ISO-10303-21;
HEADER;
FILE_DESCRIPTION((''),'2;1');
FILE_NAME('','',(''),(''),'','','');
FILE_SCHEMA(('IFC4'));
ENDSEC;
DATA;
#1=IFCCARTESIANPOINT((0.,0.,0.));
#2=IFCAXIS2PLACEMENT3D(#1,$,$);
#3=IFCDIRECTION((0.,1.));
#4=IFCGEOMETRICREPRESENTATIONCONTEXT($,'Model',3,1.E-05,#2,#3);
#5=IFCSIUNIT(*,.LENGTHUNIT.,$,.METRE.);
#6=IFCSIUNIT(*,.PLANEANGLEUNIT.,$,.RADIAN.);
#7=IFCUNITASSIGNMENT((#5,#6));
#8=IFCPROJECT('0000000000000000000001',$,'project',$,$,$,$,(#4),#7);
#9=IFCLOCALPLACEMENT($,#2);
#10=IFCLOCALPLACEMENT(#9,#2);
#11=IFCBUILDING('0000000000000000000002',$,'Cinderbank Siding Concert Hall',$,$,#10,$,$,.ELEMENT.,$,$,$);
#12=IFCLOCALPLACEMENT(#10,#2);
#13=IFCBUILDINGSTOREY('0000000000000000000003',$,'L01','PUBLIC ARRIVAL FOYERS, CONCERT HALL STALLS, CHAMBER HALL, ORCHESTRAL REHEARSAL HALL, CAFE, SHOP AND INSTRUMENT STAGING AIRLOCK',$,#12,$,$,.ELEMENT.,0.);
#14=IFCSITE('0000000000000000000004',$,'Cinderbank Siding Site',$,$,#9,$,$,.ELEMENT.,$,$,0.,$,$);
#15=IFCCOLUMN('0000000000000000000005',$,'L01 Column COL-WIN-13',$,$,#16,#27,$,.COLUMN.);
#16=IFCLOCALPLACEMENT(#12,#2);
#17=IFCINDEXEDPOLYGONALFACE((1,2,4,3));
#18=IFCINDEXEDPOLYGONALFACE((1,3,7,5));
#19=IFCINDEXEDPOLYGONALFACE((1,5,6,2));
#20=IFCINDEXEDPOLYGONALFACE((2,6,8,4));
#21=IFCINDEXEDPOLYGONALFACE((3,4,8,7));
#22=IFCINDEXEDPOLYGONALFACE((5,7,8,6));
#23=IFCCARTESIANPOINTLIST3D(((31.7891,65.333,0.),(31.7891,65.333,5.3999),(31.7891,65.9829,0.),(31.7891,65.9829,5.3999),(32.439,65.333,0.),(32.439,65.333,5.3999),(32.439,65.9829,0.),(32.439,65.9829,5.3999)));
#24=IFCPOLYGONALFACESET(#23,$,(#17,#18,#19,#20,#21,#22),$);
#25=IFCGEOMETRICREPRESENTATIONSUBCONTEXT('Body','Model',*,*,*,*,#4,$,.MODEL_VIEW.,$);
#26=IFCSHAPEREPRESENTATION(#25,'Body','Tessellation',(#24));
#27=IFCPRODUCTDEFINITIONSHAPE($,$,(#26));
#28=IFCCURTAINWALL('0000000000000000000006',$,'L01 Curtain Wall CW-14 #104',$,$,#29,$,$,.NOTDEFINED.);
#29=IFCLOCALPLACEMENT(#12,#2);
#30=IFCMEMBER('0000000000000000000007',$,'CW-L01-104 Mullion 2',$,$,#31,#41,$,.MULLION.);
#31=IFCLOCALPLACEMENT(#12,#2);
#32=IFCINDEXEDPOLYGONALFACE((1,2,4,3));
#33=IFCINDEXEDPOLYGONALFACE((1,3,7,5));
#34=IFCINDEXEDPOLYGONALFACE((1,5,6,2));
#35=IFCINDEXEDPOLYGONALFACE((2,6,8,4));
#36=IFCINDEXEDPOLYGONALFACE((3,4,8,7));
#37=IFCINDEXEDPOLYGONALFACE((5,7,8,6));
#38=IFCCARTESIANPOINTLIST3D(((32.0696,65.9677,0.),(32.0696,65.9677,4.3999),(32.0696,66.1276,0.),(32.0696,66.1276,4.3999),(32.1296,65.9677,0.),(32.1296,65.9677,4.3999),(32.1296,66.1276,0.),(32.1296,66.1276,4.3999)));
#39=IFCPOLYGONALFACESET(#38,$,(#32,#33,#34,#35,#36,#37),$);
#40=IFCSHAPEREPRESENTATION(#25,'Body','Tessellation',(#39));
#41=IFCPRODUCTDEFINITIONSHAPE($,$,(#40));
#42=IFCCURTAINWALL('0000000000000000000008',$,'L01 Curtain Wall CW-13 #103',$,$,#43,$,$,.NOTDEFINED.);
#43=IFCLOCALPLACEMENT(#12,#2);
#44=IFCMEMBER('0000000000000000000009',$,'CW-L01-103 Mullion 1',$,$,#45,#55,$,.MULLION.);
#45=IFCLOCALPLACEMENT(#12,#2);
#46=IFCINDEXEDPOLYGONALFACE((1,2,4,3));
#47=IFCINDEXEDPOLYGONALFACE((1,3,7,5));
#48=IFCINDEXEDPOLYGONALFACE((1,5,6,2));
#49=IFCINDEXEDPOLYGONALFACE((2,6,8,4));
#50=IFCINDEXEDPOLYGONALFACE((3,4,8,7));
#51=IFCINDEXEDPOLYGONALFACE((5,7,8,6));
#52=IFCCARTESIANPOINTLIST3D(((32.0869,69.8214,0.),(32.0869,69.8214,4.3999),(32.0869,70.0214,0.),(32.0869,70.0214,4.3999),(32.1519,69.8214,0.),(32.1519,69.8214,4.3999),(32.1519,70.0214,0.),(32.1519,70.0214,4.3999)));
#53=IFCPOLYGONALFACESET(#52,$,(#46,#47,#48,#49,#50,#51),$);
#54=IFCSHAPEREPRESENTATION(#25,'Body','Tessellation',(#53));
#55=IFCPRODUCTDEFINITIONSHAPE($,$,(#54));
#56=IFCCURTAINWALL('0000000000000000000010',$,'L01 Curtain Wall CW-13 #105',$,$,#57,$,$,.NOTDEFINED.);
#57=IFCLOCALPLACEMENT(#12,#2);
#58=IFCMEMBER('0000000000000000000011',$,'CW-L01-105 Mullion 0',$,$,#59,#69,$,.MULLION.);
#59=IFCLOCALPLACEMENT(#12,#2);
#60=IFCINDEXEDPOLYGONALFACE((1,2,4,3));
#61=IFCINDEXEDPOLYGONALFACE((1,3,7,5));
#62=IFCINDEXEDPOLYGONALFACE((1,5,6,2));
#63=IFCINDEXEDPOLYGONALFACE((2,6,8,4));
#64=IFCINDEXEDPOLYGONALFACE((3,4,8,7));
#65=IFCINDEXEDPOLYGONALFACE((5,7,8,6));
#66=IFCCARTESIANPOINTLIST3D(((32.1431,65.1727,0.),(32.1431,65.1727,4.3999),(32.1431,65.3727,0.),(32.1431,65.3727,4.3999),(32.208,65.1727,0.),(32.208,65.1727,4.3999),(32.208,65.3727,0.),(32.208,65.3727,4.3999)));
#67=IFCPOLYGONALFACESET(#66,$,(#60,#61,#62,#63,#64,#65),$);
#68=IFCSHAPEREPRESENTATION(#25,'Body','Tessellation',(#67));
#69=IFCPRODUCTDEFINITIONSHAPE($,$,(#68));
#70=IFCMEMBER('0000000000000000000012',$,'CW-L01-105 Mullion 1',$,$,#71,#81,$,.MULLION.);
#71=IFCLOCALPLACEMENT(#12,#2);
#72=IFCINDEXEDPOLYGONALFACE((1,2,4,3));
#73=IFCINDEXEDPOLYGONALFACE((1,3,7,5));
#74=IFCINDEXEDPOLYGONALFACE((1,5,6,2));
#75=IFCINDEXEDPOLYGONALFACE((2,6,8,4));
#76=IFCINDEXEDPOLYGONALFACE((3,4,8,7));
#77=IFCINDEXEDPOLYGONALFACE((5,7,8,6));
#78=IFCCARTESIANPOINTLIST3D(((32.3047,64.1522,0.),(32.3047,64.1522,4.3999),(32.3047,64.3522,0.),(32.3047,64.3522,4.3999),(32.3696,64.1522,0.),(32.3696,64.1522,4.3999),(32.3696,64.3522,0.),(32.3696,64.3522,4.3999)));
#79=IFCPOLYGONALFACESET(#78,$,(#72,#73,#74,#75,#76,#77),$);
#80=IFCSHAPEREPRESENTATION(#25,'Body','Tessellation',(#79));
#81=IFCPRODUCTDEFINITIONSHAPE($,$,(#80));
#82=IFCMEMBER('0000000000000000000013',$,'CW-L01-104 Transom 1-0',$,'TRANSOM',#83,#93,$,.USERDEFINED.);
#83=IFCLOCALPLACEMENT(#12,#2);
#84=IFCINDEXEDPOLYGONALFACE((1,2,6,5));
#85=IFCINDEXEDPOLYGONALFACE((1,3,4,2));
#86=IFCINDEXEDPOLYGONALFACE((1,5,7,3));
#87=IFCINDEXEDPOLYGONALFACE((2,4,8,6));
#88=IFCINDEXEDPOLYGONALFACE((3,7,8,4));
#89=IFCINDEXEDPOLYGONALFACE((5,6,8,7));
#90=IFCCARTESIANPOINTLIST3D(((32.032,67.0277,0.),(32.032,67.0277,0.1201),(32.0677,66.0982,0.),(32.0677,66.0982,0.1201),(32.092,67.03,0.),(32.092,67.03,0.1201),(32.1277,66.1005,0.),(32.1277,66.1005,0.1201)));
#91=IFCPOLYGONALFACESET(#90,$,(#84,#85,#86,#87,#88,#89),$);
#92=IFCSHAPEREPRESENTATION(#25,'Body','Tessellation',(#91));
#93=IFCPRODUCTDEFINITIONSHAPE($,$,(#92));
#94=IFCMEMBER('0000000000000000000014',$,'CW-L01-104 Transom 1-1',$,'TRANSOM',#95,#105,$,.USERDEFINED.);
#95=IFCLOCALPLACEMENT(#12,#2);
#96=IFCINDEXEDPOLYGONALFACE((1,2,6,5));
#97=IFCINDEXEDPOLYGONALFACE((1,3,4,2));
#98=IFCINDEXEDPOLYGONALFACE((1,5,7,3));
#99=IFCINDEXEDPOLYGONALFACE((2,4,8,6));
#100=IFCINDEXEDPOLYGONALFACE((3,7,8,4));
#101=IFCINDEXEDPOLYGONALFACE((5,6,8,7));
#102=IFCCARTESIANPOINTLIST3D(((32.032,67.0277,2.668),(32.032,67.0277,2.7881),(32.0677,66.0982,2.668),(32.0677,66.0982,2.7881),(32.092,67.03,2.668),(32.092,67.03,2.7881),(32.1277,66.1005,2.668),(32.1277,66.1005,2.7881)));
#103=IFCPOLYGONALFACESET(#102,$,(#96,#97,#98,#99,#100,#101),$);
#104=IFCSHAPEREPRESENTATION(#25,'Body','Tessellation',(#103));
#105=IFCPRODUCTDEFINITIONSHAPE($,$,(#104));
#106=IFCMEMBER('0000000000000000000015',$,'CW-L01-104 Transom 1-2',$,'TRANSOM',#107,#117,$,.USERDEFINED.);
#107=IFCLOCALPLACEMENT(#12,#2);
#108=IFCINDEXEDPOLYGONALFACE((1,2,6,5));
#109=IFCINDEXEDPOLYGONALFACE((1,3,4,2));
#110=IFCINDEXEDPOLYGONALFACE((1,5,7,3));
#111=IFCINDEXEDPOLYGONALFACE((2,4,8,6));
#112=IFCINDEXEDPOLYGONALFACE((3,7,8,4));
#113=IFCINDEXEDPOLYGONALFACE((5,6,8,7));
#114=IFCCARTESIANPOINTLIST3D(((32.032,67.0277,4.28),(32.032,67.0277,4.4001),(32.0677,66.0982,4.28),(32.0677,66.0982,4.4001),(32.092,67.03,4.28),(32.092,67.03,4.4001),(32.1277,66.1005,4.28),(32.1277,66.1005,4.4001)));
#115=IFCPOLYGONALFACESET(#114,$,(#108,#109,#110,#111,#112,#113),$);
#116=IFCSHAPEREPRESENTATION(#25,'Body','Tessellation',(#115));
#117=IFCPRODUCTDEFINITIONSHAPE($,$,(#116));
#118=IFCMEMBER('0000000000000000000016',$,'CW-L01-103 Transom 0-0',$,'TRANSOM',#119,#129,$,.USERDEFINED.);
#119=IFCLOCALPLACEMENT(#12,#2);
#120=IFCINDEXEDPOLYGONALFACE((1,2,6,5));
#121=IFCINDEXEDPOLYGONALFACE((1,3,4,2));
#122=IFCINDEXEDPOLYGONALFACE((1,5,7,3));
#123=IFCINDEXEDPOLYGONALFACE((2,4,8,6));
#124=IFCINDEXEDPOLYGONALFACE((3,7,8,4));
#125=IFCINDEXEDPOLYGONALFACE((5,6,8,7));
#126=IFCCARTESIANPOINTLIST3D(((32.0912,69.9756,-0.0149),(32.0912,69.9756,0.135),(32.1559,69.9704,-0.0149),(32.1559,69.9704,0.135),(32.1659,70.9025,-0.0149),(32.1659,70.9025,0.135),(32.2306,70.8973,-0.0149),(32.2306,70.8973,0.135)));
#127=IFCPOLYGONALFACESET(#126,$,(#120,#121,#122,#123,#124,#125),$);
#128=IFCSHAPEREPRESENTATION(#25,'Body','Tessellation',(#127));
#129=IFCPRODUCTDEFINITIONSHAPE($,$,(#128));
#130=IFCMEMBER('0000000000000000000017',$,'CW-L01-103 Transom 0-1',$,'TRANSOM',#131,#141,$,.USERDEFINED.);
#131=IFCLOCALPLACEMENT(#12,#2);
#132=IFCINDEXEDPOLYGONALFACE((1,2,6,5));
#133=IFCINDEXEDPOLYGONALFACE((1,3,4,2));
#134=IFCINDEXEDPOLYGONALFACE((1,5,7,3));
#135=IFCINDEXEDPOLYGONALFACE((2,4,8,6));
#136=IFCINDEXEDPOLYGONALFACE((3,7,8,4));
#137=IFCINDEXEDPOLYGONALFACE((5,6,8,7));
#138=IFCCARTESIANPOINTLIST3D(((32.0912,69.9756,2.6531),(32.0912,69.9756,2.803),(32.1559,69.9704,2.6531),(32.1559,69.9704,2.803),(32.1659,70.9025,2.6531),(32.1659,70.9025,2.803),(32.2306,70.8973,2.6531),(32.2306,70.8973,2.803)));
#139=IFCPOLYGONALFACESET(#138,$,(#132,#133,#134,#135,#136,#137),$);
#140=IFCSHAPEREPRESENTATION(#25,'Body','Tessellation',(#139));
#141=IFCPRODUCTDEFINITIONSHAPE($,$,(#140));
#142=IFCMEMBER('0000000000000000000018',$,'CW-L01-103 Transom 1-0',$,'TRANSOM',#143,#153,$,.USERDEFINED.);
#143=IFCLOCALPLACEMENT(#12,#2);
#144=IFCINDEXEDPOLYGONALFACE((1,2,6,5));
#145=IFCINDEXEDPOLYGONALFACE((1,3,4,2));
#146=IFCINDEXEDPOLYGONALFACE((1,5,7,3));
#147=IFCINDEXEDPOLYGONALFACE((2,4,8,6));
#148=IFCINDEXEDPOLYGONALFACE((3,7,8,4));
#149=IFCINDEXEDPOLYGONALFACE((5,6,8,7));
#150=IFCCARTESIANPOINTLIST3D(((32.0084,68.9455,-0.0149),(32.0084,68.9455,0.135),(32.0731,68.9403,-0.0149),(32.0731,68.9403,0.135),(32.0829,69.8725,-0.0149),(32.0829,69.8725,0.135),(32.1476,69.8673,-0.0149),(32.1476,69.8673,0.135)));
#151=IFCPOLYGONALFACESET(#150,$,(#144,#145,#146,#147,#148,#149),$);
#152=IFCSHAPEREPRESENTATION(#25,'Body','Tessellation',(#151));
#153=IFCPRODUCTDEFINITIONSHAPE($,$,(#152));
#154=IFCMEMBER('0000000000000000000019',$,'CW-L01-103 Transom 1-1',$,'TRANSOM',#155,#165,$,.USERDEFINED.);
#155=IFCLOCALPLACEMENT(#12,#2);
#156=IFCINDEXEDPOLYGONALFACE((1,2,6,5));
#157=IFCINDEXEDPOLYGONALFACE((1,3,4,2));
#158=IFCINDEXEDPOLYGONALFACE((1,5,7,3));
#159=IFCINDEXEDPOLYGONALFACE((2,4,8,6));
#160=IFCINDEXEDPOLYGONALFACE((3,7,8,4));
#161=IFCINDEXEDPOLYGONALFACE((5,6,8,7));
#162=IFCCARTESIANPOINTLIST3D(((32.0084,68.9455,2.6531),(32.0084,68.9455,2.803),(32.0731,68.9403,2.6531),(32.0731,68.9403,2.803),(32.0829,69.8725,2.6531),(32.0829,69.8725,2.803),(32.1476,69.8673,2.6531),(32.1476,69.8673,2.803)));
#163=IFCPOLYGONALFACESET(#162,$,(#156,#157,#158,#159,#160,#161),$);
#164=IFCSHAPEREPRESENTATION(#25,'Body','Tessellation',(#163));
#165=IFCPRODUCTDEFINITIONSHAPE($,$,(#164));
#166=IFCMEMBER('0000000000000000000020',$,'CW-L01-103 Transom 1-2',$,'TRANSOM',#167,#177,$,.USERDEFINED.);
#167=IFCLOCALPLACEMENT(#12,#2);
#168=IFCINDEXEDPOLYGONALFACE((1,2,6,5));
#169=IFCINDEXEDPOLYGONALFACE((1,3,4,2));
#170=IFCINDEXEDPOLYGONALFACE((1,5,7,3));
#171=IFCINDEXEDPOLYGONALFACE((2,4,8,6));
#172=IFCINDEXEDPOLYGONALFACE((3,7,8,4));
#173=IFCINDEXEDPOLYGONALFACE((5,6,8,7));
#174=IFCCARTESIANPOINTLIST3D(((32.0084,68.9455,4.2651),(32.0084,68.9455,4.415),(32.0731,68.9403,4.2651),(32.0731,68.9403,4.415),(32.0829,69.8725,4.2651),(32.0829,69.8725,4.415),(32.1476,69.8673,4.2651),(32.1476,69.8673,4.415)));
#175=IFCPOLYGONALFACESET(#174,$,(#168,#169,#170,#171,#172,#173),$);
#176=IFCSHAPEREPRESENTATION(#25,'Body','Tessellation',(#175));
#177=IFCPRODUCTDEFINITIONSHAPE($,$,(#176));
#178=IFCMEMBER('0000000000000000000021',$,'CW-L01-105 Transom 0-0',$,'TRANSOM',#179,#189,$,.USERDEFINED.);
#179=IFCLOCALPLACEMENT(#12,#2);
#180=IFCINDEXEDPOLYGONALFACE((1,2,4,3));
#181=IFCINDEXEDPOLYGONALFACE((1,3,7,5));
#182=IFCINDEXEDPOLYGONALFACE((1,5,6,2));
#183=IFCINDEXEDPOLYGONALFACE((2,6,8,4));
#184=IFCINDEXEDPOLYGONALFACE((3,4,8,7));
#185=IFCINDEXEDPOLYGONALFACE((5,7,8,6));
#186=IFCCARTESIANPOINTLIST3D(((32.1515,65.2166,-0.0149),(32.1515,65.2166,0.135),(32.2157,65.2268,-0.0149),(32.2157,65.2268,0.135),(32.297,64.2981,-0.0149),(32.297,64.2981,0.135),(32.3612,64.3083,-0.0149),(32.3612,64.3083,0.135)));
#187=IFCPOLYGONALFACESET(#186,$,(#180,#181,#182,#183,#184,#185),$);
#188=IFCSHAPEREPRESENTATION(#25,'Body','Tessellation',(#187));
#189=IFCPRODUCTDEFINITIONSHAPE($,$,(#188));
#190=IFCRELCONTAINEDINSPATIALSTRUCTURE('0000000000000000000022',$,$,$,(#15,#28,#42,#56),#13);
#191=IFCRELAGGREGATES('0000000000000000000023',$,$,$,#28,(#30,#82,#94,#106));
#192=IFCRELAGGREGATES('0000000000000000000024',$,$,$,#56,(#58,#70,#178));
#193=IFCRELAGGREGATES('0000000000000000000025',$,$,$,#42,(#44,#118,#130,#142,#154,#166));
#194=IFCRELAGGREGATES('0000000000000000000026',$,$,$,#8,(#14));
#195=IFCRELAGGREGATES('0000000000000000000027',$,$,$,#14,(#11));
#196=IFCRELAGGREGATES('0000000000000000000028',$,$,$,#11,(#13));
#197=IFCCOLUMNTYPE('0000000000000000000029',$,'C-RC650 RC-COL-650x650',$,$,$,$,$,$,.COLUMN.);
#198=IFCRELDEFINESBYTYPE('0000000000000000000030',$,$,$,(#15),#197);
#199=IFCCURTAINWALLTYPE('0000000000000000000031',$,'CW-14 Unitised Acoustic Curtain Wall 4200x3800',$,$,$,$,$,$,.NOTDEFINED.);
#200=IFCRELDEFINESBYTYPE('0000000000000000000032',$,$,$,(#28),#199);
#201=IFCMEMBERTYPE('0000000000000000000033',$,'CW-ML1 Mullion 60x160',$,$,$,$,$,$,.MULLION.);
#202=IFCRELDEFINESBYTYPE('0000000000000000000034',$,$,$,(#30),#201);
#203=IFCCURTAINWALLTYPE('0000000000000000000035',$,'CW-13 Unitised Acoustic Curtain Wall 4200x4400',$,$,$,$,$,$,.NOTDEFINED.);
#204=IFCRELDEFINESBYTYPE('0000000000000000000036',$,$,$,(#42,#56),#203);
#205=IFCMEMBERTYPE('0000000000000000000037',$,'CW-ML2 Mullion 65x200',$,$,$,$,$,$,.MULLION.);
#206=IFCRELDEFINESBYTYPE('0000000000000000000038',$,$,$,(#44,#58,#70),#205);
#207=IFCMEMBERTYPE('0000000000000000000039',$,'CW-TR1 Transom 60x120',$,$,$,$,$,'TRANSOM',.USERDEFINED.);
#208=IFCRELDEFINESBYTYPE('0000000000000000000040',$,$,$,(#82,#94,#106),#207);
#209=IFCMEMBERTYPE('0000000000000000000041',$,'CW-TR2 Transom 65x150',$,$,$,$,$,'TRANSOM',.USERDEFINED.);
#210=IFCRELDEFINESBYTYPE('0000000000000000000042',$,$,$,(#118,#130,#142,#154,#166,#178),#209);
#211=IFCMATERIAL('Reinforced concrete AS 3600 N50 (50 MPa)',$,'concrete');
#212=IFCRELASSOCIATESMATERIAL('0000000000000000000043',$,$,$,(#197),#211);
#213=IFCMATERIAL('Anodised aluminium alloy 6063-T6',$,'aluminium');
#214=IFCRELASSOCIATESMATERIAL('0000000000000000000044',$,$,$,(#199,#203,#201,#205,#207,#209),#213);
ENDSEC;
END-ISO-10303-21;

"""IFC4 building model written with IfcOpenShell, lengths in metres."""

from ifc_helpers import new_model, si_unit, direction, frame, origin, origin_2d, place, context, subcontext, project, spatial, rectangle, extrude, material, material_profile, profile_set, type_object, element, aggregate, save


model = new_model("IFC4")

# Units and contexts
model_context = context("Model", 3, precision=1e-05, world=origin(), true_north=direction((0.0, 1.0)))
body_context = subcontext(model_context, "Body", "Model", "MODEL_VIEW")
ifc_project = project(units=[si_unit("LENGTHUNIT", "METRE"), si_unit("PLANEANGLEUNIT", "RADIAN")], contexts=[model_context])

# Site, building, storey
site_placement = place(None, origin())
site = spatial("IfcSite", under=ifc_project, at=site_placement, Name="Cinderbank Siding Site", CompositionType="ELEMENT", RefElevation=0.0)
building_placement = place(site_placement, origin())
building = spatial("IfcBuilding", under=site, at=building_placement, Name="Cinderbank Siding Concert Hall", CompositionType="ELEMENT")
storey_placement = place(building_placement, origin())
storey = spatial("IfcBuildingStorey", under=building, at=storey_placement, Name="L01", Description="PUBLIC ARRIVAL FOYERS, CONCERT HALL STALLS, CHAMBER HALL, ORCHESTRAL REHEARSAL HALL, CAFE, SHOP AND INSTRUMENT STAGING AIRLOCK", CompositionType="ELEMENT", Elevation=0.0)

# Column
ifc_material_1 = material(Name="Reinforced concrete AS 3600 N50 (50 MPa)", Category="concrete")
ifc_material_profile_1 = material_profile(ifc_material_1, rectangle(XDim=0.6499, YDim=0.6499, at=origin_2d()), Name="RC-COL-650x650", Category="LoadBearing")
ifc_profile_set_1 = profile_set([ifc_material_profile_1], Name="Reinforced concrete AS 3600 N50 (50 MPa)")
column_type = type_object("IfcColumnType", Name="C-RC650 RC-COL-650x650", PredefinedType="COLUMN", material=ifc_profile_set_1)
column_placement = place(storey_placement, frame((32.114, 65.658, 0.0), z_axis=(0.0, 0.0, 1.0), x_axis=(1.0, 0.0, 0.0)))
element("IfcColumn", 1, at=column_placement, inside=storey, type_object=column_type, Name="L01 Column COL-WIN-13", PredefinedType="COLUMN", context=body_context, shape_type="SweptSolid", body=[
    extrude(rectangle(XDim=0.6499, YDim=0.6499, at=origin_2d()), origin(), (0.0, 0.0, 1.0), 5.3999),
])

# Curtain walls, members
ifc_material_2 = material(Name="Anodised aluminium alloy 6063-T6", Category="aluminium")
curtain_wall_type_1 = type_object("IfcCurtainWallType", Name="CW-14 Unitised Acoustic Curtain Wall 4200x3800", PredefinedType="NOTDEFINED", material=ifc_material_2)
curtain_wall_1_placement = place(storey_placement, origin())
curtain_wall_1 = element("IfcCurtainWall", 2, at=curtain_wall_1_placement, inside=storey, type_object=curtain_wall_type_1, Name="L01 Curtain Wall CW-14 #104", PredefinedType="NOTDEFINED")
ifc_material_profile_2 = material_profile(ifc_material_2, rectangle(XDim=0.0601, YDim=0.1599, at=origin_2d()), Name="ALU-MULL-60x160", Category="LoadBearing")
ifc_profile_set_2 = profile_set([ifc_material_profile_2], Name="Anodised aluminium alloy 6063-T6")
member_type_1 = type_object("IfcMemberType", Name="CW-ML1 Mullion 60x160", PredefinedType="MULLION", material=ifc_profile_set_2)
member_1_placement = place(storey_placement, frame((32.0996, 66.0476, 0.0), z_axis=(0.0, 0.0, 1.0), x_axis=(1.0, 0.0, 0.0)))
member_1 = element("IfcMember", 3, at=member_1_placement, type_object=member_type_1, Name="CW-L01-104 Mullion 2", PredefinedType="MULLION", context=body_context, shape_type="SweptSolid", body=[
    extrude(rectangle(XDim=0.0601, YDim=0.1599, at=origin_2d()), origin(), (0.0, 0.0, 1.0), 4.3999),
])
curtain_wall_type_2 = type_object("IfcCurtainWallType", Name="CW-13 Unitised Acoustic Curtain Wall 4200x4400", PredefinedType="NOTDEFINED", material=ifc_material_2)
curtain_wall_2_placement = place(storey_placement, origin())
curtain_wall_2 = element("IfcCurtainWall", 4, at=curtain_wall_2_placement, inside=storey, type_object=curtain_wall_type_2, Name="L01 Curtain Wall CW-13 #103", PredefinedType="NOTDEFINED")
ifc_material_profile_3 = material_profile(ifc_material_2, rectangle(XDim=0.0649, YDim=0.2, at=origin_2d()), Name="ALU-MULL-65x200", Category="LoadBearing")
ifc_profile_set_3 = profile_set([ifc_material_profile_3], Name="Anodised aluminium alloy 6063-T6")
member_type_2 = type_object("IfcMemberType", Name="CW-ML2 Mullion 65x200", PredefinedType="MULLION", material=ifc_profile_set_3)
member_2_placement = place(storey_placement, frame((32.1194, 69.9214, 0.0), z_axis=(0.0, 0.0, 1.0), x_axis=(1.0, 0.0, 0.0)))
member_2 = element("IfcMember", 5, at=member_2_placement, type_object=member_type_2, Name="CW-L01-103 Mullion 1", PredefinedType="MULLION", context=body_context, shape_type="SweptSolid", body=[
    extrude(rectangle(XDim=0.0649, YDim=0.2, at=origin_2d()), origin(), (0.0, 0.0, 1.0), 4.3999),
])

# Curtain wall, members
curtain_wall_3_placement = place(storey_placement, origin())
curtain_wall_3 = element("IfcCurtainWall", 6, at=curtain_wall_3_placement, inside=storey, type_object=curtain_wall_type_2, Name="L01 Curtain Wall CW-13 #105", PredefinedType="NOTDEFINED")
member_3_placement = place(storey_placement, frame((32.1755, 65.2727, 0.0), z_axis=(0.0, 0.0, 1.0), x_axis=(1.0, 0.0, 0.0)))
member_3 = element("IfcMember", 7, at=member_3_placement, type_object=member_type_2, Name="CW-L01-105 Mullion 0", PredefinedType="MULLION", context=body_context, shape_type="SweptSolid", body=[
    extrude(rectangle(XDim=0.0649, YDim=0.2, at=origin_2d()), origin(), (0.0, 0.0, 1.0), 4.3999),
])
member_4_placement = place(storey_placement, frame((32.3372, 64.2522, 0.0), z_axis=(0.0, 0.0, 1.0), x_axis=(1.0, 0.0, 0.0)))
member_4 = element("IfcMember", 8, at=member_4_placement, type_object=member_type_2, Name="CW-L01-105 Mullion 1", PredefinedType="MULLION", context=body_context, shape_type="SweptSolid", body=[
    extrude(rectangle(XDim=0.0649, YDim=0.2, at=origin_2d()), origin(), (0.0, 0.0, 1.0), 4.3999),
])

# Members
ifc_material_profile_4 = material_profile(ifc_material_2, rectangle(XDim=0.0601, YDim=0.1201, at=origin_2d()), Name="ALU-TRAN-60x120", Category="LoadBearing")
ifc_profile_set_4 = profile_set([ifc_material_profile_4], Name="Anodised aluminium alloy 6063-T6")
member_type_3 = type_object("IfcMemberType", Name="CW-TR1 Transom 60x120", ElementType="TRANSOM", PredefinedType="USERDEFINED", material=ifc_profile_set_4)
member_5_placement = place(storey_placement, frame((32.062, 67.0288, 0.0601), z_axis=(0.038322, -0.999265, 0.0), x_axis=(0.999265, 0.038322, 0.0)))
member_5 = element("IfcMember", 9, at=member_5_placement, type_object=member_type_3, Name="CW-L01-104 Transom 1-0", ObjectType="TRANSOM", PredefinedType="USERDEFINED", context=body_context, shape_type="SweptSolid", body=[
    extrude(rectangle(XDim=0.0601, YDim=0.1201, at=origin_2d()), origin(), (0.0, 0.0, 1.0), 0.9302),
])
member_6_placement = place(storey_placement, frame((32.062, 67.0288, 2.728), z_axis=(0.038322, -0.999265, 0.0), x_axis=(0.999265, 0.038322, 0.0)))
member_6 = element("IfcMember", 10, at=member_6_placement, type_object=member_type_3, Name="CW-L01-104 Transom 1-1", ObjectType="TRANSOM", PredefinedType="USERDEFINED", context=body_context, shape_type="SweptSolid", body=[
    extrude(rectangle(XDim=0.0601, YDim=0.1201, at=origin_2d()), origin(), (0.0, 0.0, 1.0), 0.9302),
])
member_7_placement = place(storey_placement, frame((32.062, 67.0288, 4.3401), z_axis=(0.038322, -0.999265, 0.0), x_axis=(0.999265, 0.038322, 0.0)))
member_7 = element("IfcMember", 11, at=member_7_placement, type_object=member_type_3, Name="CW-L01-104 Transom 1-2", ObjectType="TRANSOM", PredefinedType="USERDEFINED", context=body_context, shape_type="SweptSolid", body=[
    extrude(rectangle(XDim=0.0601, YDim=0.1201, at=origin_2d()), origin(), (0.0, 0.0, 1.0), 0.9302),
])
ifc_material_profile_5 = material_profile(ifc_material_2, rectangle(XDim=0.0649, YDim=0.1499, at=origin_2d()), Name="ALU-TRAN-65x150", Category="LoadBearing")
ifc_profile_set_5 = profile_set([ifc_material_profile_5], Name="Anodised aluminium alloy 6063-T6")
member_type_4 = type_object("IfcMemberType", Name="CW-TR2 Transom 65x150", ElementType="TRANSOM", PredefinedType="USERDEFINED", material=ifc_profile_set_5)
member_8_placement = place(storey_placement, frame((32.1982, 70.8999, 0.0601), z_axis=(-0.08033, -0.996768, 0.0), x_axis=(0.996768, -0.08033, 0.0)))
member_8 = element("IfcMember", 12, at=member_8_placement, type_object=member_type_4, Name="CW-L01-103 Transom 0-0", ObjectType="TRANSOM", PredefinedType="USERDEFINED", context=body_context, shape_type="SweptSolid", body=[
    extrude(rectangle(XDim=0.0649, YDim=0.1499, at=origin_2d()), origin(), (0.0, 0.0, 1.0), 0.9299),
])
member_9_placement = place(storey_placement, frame((32.1982, 70.8999, 2.728), z_axis=(-0.08033, -0.996768, 0.0), x_axis=(0.996768, -0.08033, 0.0)))
member_9 = element("IfcMember", 13, at=member_9_placement, type_object=member_type_4, Name="CW-L01-103 Transom 0-1", ObjectType="TRANSOM", PredefinedType="USERDEFINED", context=body_context, shape_type="SweptSolid", body=[
    extrude(rectangle(XDim=0.0649, YDim=0.1499, at=origin_2d()), origin(), (0.0, 0.0, 1.0), 0.9299),
])
member_10_placement = place(storey_placement, frame((32.1152, 69.8699, 0.0601), z_axis=(-0.080069, -0.996789, 0.0), x_axis=(0.996789, -0.080069, 0.0)))
member_10 = element("IfcMember", 14, at=member_10_placement, type_object=member_type_4, Name="CW-L01-103 Transom 1-0", ObjectType="TRANSOM", PredefinedType="USERDEFINED", context=body_context, shape_type="SweptSolid", body=[
    extrude(rectangle(XDim=0.0649, YDim=0.1499, at=origin_2d()), origin(), (0.0, 0.0, 1.0), 0.9299),
])
member_11_placement = place(storey_placement, frame((32.1152, 69.8699, 2.728), z_axis=(-0.080069, -0.996789, 0.0), x_axis=(0.996789, -0.080069, 0.0)))
member_11 = element("IfcMember", 15, at=member_11_placement, type_object=member_type_4, Name="CW-L01-103 Transom 1-1", ObjectType="TRANSOM", PredefinedType="USERDEFINED", context=body_context, shape_type="SweptSolid", body=[
    extrude(rectangle(XDim=0.0649, YDim=0.1499, at=origin_2d()), origin(), (0.0, 0.0, 1.0), 0.9299),
])
member_12_placement = place(storey_placement, frame((32.1152, 69.8699, 4.3401), z_axis=(-0.080069, -0.996789, 0.0), x_axis=(0.996789, -0.080069, 0.0)))
member_12 = element("IfcMember", 16, at=member_12_placement, type_object=member_type_4, Name="CW-L01-103 Transom 1-2", ObjectType="TRANSOM", PredefinedType="USERDEFINED", context=body_context, shape_type="SweptSolid", body=[
    extrude(rectangle(XDim=0.0649, YDim=0.1499, at=origin_2d()), origin(), (0.0, 0.0, 1.0), 0.9299),
])
member_13_placement = place(storey_placement, frame((32.1836, 65.2217, 0.0601), z_axis=(0.156475, -0.987682, 0.0), x_axis=(0.987682, 0.156475, 0.0)))
member_13 = element("IfcMember", 17, at=member_13_placement, type_object=member_type_4, Name="CW-L01-105 Transom 0-0", ObjectType="TRANSOM", PredefinedType="USERDEFINED", context=body_context, shape_type="SweptSolid", body=[
    extrude(rectangle(XDim=0.0649, YDim=0.1499, at=origin_2d()), origin(), (0.0, 0.0, 1.0), 0.9299),
])

aggregate(curtain_wall_1, [member_1, member_5, member_6, member_7])
aggregate(curtain_wall_3, [member_3, member_4, member_13])
aggregate(curtain_wall_2, [member_2, member_8, member_9, member_10, member_11, member_12])

save(model, "model.ifc")
